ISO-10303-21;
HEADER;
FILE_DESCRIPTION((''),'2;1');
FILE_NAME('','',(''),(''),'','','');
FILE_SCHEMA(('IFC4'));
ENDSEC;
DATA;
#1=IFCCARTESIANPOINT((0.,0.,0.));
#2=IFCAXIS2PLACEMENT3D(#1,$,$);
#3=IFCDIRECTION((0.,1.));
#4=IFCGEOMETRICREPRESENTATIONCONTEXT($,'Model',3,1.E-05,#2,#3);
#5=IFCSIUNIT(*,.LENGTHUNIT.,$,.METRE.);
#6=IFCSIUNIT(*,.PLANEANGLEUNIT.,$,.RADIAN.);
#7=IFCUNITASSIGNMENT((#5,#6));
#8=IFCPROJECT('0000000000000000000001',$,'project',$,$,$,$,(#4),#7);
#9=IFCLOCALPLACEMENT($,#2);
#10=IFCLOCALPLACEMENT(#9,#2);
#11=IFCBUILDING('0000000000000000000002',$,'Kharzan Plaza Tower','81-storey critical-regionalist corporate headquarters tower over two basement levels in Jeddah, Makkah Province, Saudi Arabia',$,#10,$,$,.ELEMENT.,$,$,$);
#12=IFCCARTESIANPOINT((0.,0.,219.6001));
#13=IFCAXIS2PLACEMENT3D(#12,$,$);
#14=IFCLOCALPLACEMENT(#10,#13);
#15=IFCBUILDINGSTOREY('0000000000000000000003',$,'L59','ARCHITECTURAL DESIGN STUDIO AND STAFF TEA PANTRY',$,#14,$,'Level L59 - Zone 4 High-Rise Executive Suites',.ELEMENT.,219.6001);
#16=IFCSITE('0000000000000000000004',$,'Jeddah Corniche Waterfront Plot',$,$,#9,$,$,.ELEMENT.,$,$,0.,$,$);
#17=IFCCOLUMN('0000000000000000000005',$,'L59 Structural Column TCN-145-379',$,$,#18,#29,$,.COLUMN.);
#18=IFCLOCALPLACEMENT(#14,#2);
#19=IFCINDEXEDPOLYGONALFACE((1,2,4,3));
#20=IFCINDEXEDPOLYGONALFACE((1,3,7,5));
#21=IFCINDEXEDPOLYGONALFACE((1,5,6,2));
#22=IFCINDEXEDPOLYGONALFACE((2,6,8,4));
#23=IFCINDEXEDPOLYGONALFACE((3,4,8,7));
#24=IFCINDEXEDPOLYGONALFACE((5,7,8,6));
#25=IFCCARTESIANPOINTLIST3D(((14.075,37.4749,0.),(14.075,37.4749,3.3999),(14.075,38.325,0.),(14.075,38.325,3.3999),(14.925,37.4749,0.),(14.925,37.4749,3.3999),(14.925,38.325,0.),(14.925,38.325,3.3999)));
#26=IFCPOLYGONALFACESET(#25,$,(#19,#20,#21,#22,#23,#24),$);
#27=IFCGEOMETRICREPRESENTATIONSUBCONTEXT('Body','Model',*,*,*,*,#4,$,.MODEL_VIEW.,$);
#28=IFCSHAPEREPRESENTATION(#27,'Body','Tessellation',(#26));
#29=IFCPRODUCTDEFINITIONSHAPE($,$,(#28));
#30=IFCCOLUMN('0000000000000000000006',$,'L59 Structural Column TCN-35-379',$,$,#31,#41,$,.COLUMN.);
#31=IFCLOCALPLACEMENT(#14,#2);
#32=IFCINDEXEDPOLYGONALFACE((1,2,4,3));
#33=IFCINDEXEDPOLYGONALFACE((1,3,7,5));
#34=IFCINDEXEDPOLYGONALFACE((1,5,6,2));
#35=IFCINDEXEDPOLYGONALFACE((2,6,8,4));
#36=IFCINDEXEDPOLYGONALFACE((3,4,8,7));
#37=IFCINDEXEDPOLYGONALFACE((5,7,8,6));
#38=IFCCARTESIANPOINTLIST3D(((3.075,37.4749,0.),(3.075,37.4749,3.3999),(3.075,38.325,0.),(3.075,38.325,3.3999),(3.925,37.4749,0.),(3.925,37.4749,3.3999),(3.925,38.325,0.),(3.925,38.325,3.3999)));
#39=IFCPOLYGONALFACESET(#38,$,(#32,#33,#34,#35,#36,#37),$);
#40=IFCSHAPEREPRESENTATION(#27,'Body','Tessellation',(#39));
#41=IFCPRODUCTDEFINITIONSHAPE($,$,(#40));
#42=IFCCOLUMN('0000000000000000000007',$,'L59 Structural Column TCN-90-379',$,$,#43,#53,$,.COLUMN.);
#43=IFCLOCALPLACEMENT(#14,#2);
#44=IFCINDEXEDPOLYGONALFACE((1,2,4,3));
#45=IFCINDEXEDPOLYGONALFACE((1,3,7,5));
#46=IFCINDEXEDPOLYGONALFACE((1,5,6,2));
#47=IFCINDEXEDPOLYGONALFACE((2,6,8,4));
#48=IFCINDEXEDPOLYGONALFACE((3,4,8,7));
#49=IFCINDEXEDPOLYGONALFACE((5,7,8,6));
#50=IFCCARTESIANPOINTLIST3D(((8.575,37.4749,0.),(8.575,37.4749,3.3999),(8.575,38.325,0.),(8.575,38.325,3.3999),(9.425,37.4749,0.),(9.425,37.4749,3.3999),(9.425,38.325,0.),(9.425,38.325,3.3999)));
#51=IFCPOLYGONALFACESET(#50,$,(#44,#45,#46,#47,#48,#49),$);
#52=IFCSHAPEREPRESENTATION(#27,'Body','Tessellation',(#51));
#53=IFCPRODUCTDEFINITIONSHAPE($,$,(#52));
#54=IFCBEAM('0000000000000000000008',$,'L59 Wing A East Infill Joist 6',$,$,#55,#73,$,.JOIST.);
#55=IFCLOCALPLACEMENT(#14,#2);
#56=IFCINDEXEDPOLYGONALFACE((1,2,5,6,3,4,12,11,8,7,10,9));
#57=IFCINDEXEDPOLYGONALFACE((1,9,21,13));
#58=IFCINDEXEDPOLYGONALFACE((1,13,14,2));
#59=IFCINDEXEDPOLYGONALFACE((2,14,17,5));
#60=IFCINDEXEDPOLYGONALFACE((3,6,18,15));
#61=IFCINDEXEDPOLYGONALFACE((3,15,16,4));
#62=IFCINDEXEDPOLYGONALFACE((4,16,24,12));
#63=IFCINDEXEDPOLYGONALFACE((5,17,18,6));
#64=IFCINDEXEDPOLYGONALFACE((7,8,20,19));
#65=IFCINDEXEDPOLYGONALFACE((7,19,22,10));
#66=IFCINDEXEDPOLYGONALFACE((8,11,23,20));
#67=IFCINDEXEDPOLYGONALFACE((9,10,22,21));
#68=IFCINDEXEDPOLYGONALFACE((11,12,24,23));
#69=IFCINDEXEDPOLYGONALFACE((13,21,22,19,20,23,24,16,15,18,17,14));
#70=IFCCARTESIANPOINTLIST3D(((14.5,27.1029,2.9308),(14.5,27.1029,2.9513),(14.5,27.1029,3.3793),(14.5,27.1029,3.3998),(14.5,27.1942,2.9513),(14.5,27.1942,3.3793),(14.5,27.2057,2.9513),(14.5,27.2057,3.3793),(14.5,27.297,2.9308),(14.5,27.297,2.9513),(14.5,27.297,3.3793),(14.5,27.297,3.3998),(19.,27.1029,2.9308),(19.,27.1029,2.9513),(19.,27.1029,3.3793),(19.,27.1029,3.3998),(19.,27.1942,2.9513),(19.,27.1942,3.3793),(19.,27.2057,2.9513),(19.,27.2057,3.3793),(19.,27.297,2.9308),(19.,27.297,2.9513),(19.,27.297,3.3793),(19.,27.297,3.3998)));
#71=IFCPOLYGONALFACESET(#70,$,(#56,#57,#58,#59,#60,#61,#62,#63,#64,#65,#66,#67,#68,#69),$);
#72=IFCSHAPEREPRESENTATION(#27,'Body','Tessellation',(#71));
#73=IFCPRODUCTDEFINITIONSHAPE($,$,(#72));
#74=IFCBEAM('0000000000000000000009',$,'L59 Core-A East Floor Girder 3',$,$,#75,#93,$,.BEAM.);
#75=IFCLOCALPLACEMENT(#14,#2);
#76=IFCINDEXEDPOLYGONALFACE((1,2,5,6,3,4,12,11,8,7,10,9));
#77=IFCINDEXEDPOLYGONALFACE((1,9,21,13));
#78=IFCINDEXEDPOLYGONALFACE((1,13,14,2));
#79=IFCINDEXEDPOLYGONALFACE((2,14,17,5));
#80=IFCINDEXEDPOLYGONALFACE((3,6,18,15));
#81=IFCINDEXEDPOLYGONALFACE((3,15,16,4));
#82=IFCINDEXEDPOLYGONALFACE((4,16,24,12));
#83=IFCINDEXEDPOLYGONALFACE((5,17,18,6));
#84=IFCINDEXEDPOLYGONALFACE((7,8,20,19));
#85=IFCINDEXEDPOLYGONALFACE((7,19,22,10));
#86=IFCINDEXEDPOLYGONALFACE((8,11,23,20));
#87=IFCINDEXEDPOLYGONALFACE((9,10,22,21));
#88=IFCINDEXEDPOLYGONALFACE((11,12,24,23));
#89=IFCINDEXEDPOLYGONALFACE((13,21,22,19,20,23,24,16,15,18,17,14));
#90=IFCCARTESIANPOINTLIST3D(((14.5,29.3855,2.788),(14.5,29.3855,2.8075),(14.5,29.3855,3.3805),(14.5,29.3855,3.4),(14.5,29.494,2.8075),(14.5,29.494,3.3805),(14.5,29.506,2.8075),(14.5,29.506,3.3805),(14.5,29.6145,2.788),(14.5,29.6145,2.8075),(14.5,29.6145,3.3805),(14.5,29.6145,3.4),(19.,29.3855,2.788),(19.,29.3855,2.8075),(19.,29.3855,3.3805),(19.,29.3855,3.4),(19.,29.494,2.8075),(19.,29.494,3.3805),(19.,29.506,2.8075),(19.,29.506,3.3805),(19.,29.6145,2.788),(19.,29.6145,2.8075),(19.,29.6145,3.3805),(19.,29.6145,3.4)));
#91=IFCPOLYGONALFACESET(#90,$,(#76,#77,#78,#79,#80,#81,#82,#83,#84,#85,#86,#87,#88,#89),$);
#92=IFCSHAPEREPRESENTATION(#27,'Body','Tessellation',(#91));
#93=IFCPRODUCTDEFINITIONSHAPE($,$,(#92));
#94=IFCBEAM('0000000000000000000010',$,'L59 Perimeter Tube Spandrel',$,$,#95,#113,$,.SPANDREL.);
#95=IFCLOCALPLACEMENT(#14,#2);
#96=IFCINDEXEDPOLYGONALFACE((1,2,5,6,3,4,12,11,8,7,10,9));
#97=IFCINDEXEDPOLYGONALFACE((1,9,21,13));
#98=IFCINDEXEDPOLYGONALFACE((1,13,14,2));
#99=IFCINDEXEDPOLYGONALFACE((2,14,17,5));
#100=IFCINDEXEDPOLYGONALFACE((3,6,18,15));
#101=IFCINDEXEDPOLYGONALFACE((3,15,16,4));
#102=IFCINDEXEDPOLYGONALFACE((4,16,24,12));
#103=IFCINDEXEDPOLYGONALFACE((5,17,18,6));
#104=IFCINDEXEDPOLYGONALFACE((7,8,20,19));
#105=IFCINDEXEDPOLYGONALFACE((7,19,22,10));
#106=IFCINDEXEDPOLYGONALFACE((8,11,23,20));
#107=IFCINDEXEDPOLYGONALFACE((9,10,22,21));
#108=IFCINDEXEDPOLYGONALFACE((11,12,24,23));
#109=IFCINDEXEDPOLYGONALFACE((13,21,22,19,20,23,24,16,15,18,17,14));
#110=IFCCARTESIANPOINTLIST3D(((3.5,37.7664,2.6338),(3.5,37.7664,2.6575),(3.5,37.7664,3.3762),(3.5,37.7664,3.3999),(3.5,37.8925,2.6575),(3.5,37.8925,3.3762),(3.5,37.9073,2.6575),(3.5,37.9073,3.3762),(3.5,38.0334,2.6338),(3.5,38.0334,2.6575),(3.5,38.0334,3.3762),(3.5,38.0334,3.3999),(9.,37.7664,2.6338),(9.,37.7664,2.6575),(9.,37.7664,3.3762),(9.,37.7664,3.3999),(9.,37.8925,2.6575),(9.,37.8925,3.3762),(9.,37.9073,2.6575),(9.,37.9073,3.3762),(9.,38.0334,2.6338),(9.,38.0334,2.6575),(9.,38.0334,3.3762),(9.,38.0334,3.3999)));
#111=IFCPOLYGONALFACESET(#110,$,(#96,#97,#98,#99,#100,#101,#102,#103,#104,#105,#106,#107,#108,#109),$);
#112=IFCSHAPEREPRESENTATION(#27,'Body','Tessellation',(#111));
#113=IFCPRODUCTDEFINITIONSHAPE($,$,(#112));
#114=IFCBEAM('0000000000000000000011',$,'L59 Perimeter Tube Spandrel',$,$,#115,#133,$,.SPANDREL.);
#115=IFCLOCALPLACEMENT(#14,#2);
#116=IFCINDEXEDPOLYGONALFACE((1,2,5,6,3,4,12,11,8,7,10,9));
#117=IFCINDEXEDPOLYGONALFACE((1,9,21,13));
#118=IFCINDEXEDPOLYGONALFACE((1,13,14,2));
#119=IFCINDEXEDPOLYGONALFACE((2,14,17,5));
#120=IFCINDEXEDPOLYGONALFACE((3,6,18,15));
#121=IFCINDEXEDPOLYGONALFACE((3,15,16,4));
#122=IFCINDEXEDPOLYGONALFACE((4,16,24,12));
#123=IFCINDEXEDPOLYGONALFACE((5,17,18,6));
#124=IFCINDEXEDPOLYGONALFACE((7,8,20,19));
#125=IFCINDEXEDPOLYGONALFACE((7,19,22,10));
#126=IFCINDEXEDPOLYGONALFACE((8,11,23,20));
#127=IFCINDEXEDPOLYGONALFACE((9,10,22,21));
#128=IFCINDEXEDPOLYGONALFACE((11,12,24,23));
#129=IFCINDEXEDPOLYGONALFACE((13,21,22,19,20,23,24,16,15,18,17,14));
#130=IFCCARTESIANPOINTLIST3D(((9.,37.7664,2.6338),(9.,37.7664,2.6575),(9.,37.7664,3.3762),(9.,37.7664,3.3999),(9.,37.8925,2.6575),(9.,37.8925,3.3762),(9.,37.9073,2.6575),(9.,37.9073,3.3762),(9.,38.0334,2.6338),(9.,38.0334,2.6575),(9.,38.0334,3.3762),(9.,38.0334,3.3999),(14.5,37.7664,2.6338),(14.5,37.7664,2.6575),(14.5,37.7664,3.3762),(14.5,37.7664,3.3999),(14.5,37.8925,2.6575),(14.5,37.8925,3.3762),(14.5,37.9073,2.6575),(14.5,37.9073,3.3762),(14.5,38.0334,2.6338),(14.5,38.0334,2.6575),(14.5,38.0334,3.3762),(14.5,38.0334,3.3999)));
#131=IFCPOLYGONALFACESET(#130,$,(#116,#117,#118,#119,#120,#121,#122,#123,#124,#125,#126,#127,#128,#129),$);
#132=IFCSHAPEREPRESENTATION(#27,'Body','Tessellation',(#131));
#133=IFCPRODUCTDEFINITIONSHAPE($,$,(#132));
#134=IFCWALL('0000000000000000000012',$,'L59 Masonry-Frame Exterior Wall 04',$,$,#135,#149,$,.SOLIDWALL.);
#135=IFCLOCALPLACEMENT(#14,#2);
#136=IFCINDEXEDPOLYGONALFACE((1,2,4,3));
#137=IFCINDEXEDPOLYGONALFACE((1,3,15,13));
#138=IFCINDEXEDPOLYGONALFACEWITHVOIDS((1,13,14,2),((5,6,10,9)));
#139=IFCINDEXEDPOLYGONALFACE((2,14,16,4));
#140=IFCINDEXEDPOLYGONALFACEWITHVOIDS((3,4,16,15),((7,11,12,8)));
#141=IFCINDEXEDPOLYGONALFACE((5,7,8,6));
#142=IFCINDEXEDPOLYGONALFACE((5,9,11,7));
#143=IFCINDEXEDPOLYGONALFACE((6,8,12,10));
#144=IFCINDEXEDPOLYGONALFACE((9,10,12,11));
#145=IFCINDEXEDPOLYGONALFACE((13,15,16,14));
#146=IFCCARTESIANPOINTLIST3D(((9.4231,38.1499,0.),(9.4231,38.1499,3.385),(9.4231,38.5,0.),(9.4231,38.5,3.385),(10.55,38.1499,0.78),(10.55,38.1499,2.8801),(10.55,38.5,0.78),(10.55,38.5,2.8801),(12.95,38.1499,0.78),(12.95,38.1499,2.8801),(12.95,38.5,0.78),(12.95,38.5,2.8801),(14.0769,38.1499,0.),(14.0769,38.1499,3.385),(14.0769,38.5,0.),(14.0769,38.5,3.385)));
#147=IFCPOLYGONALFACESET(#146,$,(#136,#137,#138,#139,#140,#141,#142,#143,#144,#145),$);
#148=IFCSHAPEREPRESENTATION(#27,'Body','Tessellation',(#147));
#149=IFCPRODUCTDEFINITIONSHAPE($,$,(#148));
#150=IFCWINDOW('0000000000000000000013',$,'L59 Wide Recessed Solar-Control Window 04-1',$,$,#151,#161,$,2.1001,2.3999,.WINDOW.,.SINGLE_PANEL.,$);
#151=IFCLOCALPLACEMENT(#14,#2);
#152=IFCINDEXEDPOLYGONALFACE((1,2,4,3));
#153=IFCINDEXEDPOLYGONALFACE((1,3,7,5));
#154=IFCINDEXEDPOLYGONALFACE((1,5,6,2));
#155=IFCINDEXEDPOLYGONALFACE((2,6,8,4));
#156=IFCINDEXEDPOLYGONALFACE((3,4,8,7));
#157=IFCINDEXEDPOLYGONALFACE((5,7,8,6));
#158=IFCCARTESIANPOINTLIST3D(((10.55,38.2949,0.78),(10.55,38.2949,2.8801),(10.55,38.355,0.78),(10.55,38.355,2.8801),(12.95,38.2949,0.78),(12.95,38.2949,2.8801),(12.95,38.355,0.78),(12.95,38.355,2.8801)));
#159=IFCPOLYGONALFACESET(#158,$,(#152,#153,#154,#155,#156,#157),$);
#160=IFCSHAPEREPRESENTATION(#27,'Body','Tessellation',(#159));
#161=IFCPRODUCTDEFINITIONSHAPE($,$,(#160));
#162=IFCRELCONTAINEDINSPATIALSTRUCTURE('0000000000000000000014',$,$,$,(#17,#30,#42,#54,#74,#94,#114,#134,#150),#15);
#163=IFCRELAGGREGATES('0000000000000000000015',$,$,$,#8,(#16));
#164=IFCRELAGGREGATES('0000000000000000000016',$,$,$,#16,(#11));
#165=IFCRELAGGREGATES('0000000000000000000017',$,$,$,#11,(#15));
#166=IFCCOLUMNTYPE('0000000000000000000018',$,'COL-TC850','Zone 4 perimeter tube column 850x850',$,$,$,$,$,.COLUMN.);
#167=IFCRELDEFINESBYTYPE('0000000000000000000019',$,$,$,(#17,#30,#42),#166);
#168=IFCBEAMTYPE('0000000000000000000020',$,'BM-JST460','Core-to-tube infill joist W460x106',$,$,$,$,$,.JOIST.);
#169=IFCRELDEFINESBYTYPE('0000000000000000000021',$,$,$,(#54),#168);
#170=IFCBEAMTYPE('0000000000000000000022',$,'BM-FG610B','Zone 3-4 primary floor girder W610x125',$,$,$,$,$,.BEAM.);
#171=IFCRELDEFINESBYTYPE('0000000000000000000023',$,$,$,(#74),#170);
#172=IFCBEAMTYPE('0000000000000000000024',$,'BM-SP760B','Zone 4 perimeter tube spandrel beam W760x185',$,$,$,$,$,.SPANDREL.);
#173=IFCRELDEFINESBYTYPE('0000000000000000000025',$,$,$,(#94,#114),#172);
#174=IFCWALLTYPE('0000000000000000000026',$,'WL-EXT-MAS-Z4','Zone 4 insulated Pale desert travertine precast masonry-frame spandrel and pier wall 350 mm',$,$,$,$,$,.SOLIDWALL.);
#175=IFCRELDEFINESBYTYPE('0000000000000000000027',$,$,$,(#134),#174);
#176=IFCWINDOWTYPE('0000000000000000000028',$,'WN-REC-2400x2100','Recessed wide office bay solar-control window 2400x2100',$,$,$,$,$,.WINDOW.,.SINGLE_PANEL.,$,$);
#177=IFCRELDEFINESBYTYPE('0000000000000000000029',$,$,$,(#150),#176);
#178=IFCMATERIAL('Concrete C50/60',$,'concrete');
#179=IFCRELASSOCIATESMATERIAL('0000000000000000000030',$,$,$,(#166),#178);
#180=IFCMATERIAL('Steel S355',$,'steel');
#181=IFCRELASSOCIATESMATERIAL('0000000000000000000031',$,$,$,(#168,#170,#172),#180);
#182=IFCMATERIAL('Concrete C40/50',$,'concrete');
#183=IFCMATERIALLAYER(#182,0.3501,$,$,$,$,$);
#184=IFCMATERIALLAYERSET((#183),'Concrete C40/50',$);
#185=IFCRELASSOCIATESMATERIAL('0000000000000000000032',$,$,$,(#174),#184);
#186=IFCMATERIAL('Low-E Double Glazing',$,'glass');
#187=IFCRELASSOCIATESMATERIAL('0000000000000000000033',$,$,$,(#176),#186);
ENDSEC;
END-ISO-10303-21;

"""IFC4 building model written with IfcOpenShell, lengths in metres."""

from ifc_helpers import new_model, si_unit, direction, frame, frame_2d, origin, origin_2d, place, context, subcontext, project, spatial, rectangle, i_section, extrude, source, transform, mapped, material, layer, layer_set, material_profile, profile_set, type_object, element, fill, save


model = new_model("IFC4")

# Units and contexts
model_context = context("Model", 3, precision=1e-05, world=origin(), true_north=direction((0.0, 1.0)))
body_context = subcontext(model_context, "Body", "Model", "MODEL_VIEW")
ifc_project = project(units=[si_unit("LENGTHUNIT", "METRE"), si_unit("PLANEANGLEUNIT", "RADIAN")], contexts=[model_context])

# Site, building, storey
site_placement = place(None, origin())
site = spatial("IfcSite", under=ifc_project, at=site_placement, Name="Jeddah Corniche Waterfront Plot", CompositionType="ELEMENT", RefElevation=0.0)
building_placement = place(site_placement, origin())
building = spatial("IfcBuilding", under=site, at=building_placement, Name="Kharzan Plaza Tower", Description="81-storey critical-regionalist corporate headquarters tower over two basement levels in Jeddah, Makkah Province, Saudi Arabia", CompositionType="ELEMENT")
storey_placement = place(building_placement, frame((0.0, 0.0, 219.6001)))
storey = spatial("IfcBuildingStorey", under=building, at=storey_placement, Name="L59", Description="ARCHITECTURAL DESIGN STUDIO AND STAFF TEA PANTRY", LongName="Level L59 - Zone 4 High-Rise Executive Suites", CompositionType="ELEMENT", Elevation=219.6001)

# Columns
ifc_material_1 = material(Name="Concrete C50/60", Category="concrete")
ifc_material_profile_1 = material_profile(ifc_material_1, rectangle(XDim=0.8501, YDim=0.8501, at=origin_2d()), Name="RC-TC850x850")
ifc_profile_set_1 = profile_set([ifc_material_profile_1], Name="Concrete C50/60")
column_type = type_object("IfcColumnType", Name="COL-TC850", Description="Zone 4 perimeter tube column 850x850", PredefinedType="COLUMN", material=ifc_profile_set_1)
shared_shape_1 = source(origin(), body_context, "Body", "SweptSolid", [
    extrude(rectangle(XDim=0.8501, YDim=0.8501, at=origin_2d()), origin(), (0.0, 0.0, 1.0), 3.3999),
])
for number, where, z_axis, x_axis, name in (
    (1, (14.5, 37.8999, 0.0), (0.0, 0.0, 1.0), (1.0, 0.0, 0.0), "L59 Structural Column TCN-145-379"),
    (2, (3.5, 37.8999, 0.0), (0.0, 0.0, 1.0), (1.0, 0.0, 0.0), "L59 Structural Column TCN-35-379"),
    (3, (9.0, 37.8999, 0.0), (0.0, 0.0, 1.0), (1.0, 0.0, 0.0), "L59 Structural Column TCN-90-379"),
):
    element("IfcColumn", number, at=place(storey_placement, frame(where, z_axis=z_axis, x_axis=x_axis)), inside=storey, type_object=column_type, Name=name, PredefinedType="COLUMN", context=body_context, shape_type="MappedRepresentation", body=[
        mapped(shared_shape_1, transform((0.0, 0.0, 0.0), x_axis=(1.0, 0.0, 0.0), y_axis=(0.0, 1.0, 0.0), z_axis=(0.0, 0.0, 1.0))),
    ])

# Beams
ifc_material_2 = material(Name="Steel S355", Category="steel")
ifc_material_profile_2 = material_profile(ifc_material_2, i_section(OverallWidth=0.1941, OverallDepth=0.469, WebThickness=0.0115, FlangeThickness=0.0205, at=origin_2d()), Name="W460x106")
ifc_profile_set_2 = profile_set([ifc_material_profile_2], Name="Steel S355")
beam_type_1 = type_object("IfcBeamType", Name="BM-JST460", Description="Core-to-tube infill joist W460x106", PredefinedType="JOIST", material=ifc_profile_set_2)
shared_shape_2 = source(origin(), body_context, "Body", "SweptSolid", [
    extrude(i_section(OverallWidth=0.1941, OverallDepth=0.469, WebThickness=0.0115, FlangeThickness=0.0205, at=origin_2d()), origin(), (0.0, 0.0, 1.0), 4.5),
])
beam_1_placement = place(storey_placement, frame((14.5, 27.2, 3.1653), z_axis=(1.0, 0.0, 0.0), x_axis=(0.0, 1.0, 0.0)))
element("IfcBeam", 4, at=beam_1_placement, inside=storey, type_object=beam_type_1, Name="L59 Wing A East Infill Joist 6", PredefinedType="JOIST", context=body_context, shape_type="MappedRepresentation", body=[
    mapped(shared_shape_2, transform((0.0, 0.0, 0.0), x_axis=(1.0, 0.0, 0.0), y_axis=(0.0, 1.0, 0.0), z_axis=(0.0, 0.0, 1.0))),
])
ifc_material_profile_3 = material_profile(ifc_material_2, i_section(OverallWidth=0.229, OverallDepth=0.6121, WebThickness=0.012, FlangeThickness=0.0195, at=origin_2d()), Name="W610x125")
ifc_profile_set_3 = profile_set([ifc_material_profile_3], Name="Steel S355")
beam_type_2 = type_object("IfcBeamType", Name="BM-FG610B", Description="Zone 3-4 primary floor girder W610x125", PredefinedType="BEAM", material=ifc_profile_set_3)
shared_shape_3 = source(origin(), body_context, "Body", "SweptSolid", [
    extrude(i_section(OverallWidth=0.229, OverallDepth=0.6121, WebThickness=0.012, FlangeThickness=0.0195, at=origin_2d()), origin(), (0.0, 0.0, 1.0), 4.5),
])
beam_2_placement = place(storey_placement, frame((14.5, 29.5, 3.094), z_axis=(1.0, 0.0, 0.0), x_axis=(0.0, 1.0, 0.0)))
element("IfcBeam", 5, at=beam_2_placement, inside=storey, type_object=beam_type_2, Name="L59 Core-A East Floor Girder 3", PredefinedType="BEAM", context=body_context, shape_type="MappedRepresentation", body=[
    mapped(shared_shape_3, transform((0.0, 0.0, 0.0), x_axis=(1.0, 0.0, 0.0), y_axis=(0.0, 1.0, 0.0), z_axis=(0.0, 0.0, 1.0))),
])
ifc_material_profile_4 = material_profile(ifc_material_2, i_section(OverallWidth=0.2671, OverallDepth=0.7661, WebThickness=0.0149, FlangeThickness=0.0237, at=origin_2d()), Name="W760x185")
ifc_profile_set_4 = profile_set([ifc_material_profile_4], Name="Steel S355")
beam_type_3 = type_object("IfcBeamType", Name="BM-SP760B", Description="Zone 4 perimeter tube spandrel beam W760x185", PredefinedType="SPANDREL", material=ifc_profile_set_4)
shared_shape_4 = source(origin(), body_context, "Body", "SweptSolid", [
    extrude(i_section(OverallWidth=0.2671, OverallDepth=0.7661, WebThickness=0.0149, FlangeThickness=0.0237, at=origin_2d()), origin(), (0.0, 0.0, 1.0), 5.5),
])
for number, where, z_axis, x_axis, name in (
    (6, (3.5, 37.8999, 3.0168), (1.0, 0.0, 0.0), (0.0, 1.0, 0.0), "L59 Perimeter Tube Spandrel"),
    (7, (9.0, 37.8999, 3.0168), (1.0, 0.0, 0.0), (0.0, 1.0, 0.0), "L59 Perimeter Tube Spandrel"),
):
    element("IfcBeam", number, at=place(storey_placement, frame(where, z_axis=z_axis, x_axis=x_axis)), inside=storey, type_object=beam_type_3, Name=name, PredefinedType="SPANDREL", context=body_context, shape_type="MappedRepresentation", body=[
        mapped(shared_shape_4, transform((0.0, 0.0, 0.0), x_axis=(1.0, 0.0, 0.0), y_axis=(0.0, 1.0, 0.0), z_axis=(0.0, 0.0, 1.0))),
    ])

# Wall, opening, window
ifc_material_3 = material(Name="Concrete C40/50", Category="concrete")
ifc_layer_1 = layer(ifc_material_3, 0.3501)
ifc_layer_set_1 = layer_set([ifc_layer_1], Name="Concrete C40/50")
wall_type_1 = type_object("IfcWallType", Name="WL-EXT-MAS-Z4", Description="Zone 4 insulated Pale desert travertine precast masonry-frame spandrel and pier wall 350 mm", PredefinedType="SOLIDWALL", material=ifc_layer_set_1)
wall_1_placement = place(storey_placement, frame((14.0769, 38.325, 0.0), z_axis=(0.0, 0.0, 1.0), x_axis=(-1.0, 0.0, 0.0)))
wall_1 = element("IfcWall", 8, at=wall_1_placement, inside=storey, type_object=wall_type_1, Name="L59 Masonry-Frame Exterior Wall 04", PredefinedType="SOLIDWALL", context=body_context, shape_type="SweptSolid", body=[
    extrude(rectangle(XDim=4.6538, YDim=0.3501, at=frame_2d((2.3269, 0.0))), origin(), (0.0, 0.0, 1.0), 3.385),
])
opening_1_placement = place(wall_1_placement, frame((1.127, 0.0, 0.78)))
opening_1 = element("IfcOpeningElement", 9, at=opening_1_placement, cuts=wall_1, PredefinedType="OPENING", context=body_context, shape_type="SweptSolid", body=[
    extrude(rectangle(XDim=2.3999, YDim=2.1001, at=frame_2d((1.2, 1.05))), frame((0.0, 0.1851, 0.0), z_axis=(0.0, -1.0, 0.0), x_axis=(1.0, 0.0, 0.0)), (0.0, 0.0, 1.0), 0.3701),
])
ifc_material_4 = material(Name="Low-E Double Glazing", Category="glass")
window_type = type_object("IfcWindowType", Name="WN-REC-2400x2100", Description="Recessed wide office bay solar-control window 2400x2100", PartitioningType="SINGLE_PANEL", PredefinedType="WINDOW", material=ifc_material_4)
shared_shape_5 = source(origin(), body_context, "Body", "SweptSolid", [
    extrude(rectangle(XDim=2.3999, YDim=2.1001, at=frame_2d((1.2, 1.05))), frame((0.0, 0.03, 0.0), z_axis=(0.0, -1.0, 0.0), x_axis=(1.0, 0.0, 0.0)), (0.0, 0.0, 1.0), 0.0601),
])
window_1_placement = place(opening_1_placement, origin())
window_1 = element("IfcWindow", 10, at=window_1_placement, inside=storey, type_object=window_type, Name="L59 Wide Recessed Solar-Control Window 04-1", OverallHeight=2.1001, OverallWidth=2.3999, PartitioningType="SINGLE_PANEL", PredefinedType="WINDOW", context=body_context, shape_type="MappedRepresentation", body=[
    mapped(shared_shape_5, transform((0.0, 0.0, 0.0), x_axis=(1.0, 0.0, 0.0), y_axis=(0.0, 1.0, 0.0), z_axis=(0.0, 0.0, 1.0))),
])
fill(opening_1, window_1)

save(model, "model.ifc")
